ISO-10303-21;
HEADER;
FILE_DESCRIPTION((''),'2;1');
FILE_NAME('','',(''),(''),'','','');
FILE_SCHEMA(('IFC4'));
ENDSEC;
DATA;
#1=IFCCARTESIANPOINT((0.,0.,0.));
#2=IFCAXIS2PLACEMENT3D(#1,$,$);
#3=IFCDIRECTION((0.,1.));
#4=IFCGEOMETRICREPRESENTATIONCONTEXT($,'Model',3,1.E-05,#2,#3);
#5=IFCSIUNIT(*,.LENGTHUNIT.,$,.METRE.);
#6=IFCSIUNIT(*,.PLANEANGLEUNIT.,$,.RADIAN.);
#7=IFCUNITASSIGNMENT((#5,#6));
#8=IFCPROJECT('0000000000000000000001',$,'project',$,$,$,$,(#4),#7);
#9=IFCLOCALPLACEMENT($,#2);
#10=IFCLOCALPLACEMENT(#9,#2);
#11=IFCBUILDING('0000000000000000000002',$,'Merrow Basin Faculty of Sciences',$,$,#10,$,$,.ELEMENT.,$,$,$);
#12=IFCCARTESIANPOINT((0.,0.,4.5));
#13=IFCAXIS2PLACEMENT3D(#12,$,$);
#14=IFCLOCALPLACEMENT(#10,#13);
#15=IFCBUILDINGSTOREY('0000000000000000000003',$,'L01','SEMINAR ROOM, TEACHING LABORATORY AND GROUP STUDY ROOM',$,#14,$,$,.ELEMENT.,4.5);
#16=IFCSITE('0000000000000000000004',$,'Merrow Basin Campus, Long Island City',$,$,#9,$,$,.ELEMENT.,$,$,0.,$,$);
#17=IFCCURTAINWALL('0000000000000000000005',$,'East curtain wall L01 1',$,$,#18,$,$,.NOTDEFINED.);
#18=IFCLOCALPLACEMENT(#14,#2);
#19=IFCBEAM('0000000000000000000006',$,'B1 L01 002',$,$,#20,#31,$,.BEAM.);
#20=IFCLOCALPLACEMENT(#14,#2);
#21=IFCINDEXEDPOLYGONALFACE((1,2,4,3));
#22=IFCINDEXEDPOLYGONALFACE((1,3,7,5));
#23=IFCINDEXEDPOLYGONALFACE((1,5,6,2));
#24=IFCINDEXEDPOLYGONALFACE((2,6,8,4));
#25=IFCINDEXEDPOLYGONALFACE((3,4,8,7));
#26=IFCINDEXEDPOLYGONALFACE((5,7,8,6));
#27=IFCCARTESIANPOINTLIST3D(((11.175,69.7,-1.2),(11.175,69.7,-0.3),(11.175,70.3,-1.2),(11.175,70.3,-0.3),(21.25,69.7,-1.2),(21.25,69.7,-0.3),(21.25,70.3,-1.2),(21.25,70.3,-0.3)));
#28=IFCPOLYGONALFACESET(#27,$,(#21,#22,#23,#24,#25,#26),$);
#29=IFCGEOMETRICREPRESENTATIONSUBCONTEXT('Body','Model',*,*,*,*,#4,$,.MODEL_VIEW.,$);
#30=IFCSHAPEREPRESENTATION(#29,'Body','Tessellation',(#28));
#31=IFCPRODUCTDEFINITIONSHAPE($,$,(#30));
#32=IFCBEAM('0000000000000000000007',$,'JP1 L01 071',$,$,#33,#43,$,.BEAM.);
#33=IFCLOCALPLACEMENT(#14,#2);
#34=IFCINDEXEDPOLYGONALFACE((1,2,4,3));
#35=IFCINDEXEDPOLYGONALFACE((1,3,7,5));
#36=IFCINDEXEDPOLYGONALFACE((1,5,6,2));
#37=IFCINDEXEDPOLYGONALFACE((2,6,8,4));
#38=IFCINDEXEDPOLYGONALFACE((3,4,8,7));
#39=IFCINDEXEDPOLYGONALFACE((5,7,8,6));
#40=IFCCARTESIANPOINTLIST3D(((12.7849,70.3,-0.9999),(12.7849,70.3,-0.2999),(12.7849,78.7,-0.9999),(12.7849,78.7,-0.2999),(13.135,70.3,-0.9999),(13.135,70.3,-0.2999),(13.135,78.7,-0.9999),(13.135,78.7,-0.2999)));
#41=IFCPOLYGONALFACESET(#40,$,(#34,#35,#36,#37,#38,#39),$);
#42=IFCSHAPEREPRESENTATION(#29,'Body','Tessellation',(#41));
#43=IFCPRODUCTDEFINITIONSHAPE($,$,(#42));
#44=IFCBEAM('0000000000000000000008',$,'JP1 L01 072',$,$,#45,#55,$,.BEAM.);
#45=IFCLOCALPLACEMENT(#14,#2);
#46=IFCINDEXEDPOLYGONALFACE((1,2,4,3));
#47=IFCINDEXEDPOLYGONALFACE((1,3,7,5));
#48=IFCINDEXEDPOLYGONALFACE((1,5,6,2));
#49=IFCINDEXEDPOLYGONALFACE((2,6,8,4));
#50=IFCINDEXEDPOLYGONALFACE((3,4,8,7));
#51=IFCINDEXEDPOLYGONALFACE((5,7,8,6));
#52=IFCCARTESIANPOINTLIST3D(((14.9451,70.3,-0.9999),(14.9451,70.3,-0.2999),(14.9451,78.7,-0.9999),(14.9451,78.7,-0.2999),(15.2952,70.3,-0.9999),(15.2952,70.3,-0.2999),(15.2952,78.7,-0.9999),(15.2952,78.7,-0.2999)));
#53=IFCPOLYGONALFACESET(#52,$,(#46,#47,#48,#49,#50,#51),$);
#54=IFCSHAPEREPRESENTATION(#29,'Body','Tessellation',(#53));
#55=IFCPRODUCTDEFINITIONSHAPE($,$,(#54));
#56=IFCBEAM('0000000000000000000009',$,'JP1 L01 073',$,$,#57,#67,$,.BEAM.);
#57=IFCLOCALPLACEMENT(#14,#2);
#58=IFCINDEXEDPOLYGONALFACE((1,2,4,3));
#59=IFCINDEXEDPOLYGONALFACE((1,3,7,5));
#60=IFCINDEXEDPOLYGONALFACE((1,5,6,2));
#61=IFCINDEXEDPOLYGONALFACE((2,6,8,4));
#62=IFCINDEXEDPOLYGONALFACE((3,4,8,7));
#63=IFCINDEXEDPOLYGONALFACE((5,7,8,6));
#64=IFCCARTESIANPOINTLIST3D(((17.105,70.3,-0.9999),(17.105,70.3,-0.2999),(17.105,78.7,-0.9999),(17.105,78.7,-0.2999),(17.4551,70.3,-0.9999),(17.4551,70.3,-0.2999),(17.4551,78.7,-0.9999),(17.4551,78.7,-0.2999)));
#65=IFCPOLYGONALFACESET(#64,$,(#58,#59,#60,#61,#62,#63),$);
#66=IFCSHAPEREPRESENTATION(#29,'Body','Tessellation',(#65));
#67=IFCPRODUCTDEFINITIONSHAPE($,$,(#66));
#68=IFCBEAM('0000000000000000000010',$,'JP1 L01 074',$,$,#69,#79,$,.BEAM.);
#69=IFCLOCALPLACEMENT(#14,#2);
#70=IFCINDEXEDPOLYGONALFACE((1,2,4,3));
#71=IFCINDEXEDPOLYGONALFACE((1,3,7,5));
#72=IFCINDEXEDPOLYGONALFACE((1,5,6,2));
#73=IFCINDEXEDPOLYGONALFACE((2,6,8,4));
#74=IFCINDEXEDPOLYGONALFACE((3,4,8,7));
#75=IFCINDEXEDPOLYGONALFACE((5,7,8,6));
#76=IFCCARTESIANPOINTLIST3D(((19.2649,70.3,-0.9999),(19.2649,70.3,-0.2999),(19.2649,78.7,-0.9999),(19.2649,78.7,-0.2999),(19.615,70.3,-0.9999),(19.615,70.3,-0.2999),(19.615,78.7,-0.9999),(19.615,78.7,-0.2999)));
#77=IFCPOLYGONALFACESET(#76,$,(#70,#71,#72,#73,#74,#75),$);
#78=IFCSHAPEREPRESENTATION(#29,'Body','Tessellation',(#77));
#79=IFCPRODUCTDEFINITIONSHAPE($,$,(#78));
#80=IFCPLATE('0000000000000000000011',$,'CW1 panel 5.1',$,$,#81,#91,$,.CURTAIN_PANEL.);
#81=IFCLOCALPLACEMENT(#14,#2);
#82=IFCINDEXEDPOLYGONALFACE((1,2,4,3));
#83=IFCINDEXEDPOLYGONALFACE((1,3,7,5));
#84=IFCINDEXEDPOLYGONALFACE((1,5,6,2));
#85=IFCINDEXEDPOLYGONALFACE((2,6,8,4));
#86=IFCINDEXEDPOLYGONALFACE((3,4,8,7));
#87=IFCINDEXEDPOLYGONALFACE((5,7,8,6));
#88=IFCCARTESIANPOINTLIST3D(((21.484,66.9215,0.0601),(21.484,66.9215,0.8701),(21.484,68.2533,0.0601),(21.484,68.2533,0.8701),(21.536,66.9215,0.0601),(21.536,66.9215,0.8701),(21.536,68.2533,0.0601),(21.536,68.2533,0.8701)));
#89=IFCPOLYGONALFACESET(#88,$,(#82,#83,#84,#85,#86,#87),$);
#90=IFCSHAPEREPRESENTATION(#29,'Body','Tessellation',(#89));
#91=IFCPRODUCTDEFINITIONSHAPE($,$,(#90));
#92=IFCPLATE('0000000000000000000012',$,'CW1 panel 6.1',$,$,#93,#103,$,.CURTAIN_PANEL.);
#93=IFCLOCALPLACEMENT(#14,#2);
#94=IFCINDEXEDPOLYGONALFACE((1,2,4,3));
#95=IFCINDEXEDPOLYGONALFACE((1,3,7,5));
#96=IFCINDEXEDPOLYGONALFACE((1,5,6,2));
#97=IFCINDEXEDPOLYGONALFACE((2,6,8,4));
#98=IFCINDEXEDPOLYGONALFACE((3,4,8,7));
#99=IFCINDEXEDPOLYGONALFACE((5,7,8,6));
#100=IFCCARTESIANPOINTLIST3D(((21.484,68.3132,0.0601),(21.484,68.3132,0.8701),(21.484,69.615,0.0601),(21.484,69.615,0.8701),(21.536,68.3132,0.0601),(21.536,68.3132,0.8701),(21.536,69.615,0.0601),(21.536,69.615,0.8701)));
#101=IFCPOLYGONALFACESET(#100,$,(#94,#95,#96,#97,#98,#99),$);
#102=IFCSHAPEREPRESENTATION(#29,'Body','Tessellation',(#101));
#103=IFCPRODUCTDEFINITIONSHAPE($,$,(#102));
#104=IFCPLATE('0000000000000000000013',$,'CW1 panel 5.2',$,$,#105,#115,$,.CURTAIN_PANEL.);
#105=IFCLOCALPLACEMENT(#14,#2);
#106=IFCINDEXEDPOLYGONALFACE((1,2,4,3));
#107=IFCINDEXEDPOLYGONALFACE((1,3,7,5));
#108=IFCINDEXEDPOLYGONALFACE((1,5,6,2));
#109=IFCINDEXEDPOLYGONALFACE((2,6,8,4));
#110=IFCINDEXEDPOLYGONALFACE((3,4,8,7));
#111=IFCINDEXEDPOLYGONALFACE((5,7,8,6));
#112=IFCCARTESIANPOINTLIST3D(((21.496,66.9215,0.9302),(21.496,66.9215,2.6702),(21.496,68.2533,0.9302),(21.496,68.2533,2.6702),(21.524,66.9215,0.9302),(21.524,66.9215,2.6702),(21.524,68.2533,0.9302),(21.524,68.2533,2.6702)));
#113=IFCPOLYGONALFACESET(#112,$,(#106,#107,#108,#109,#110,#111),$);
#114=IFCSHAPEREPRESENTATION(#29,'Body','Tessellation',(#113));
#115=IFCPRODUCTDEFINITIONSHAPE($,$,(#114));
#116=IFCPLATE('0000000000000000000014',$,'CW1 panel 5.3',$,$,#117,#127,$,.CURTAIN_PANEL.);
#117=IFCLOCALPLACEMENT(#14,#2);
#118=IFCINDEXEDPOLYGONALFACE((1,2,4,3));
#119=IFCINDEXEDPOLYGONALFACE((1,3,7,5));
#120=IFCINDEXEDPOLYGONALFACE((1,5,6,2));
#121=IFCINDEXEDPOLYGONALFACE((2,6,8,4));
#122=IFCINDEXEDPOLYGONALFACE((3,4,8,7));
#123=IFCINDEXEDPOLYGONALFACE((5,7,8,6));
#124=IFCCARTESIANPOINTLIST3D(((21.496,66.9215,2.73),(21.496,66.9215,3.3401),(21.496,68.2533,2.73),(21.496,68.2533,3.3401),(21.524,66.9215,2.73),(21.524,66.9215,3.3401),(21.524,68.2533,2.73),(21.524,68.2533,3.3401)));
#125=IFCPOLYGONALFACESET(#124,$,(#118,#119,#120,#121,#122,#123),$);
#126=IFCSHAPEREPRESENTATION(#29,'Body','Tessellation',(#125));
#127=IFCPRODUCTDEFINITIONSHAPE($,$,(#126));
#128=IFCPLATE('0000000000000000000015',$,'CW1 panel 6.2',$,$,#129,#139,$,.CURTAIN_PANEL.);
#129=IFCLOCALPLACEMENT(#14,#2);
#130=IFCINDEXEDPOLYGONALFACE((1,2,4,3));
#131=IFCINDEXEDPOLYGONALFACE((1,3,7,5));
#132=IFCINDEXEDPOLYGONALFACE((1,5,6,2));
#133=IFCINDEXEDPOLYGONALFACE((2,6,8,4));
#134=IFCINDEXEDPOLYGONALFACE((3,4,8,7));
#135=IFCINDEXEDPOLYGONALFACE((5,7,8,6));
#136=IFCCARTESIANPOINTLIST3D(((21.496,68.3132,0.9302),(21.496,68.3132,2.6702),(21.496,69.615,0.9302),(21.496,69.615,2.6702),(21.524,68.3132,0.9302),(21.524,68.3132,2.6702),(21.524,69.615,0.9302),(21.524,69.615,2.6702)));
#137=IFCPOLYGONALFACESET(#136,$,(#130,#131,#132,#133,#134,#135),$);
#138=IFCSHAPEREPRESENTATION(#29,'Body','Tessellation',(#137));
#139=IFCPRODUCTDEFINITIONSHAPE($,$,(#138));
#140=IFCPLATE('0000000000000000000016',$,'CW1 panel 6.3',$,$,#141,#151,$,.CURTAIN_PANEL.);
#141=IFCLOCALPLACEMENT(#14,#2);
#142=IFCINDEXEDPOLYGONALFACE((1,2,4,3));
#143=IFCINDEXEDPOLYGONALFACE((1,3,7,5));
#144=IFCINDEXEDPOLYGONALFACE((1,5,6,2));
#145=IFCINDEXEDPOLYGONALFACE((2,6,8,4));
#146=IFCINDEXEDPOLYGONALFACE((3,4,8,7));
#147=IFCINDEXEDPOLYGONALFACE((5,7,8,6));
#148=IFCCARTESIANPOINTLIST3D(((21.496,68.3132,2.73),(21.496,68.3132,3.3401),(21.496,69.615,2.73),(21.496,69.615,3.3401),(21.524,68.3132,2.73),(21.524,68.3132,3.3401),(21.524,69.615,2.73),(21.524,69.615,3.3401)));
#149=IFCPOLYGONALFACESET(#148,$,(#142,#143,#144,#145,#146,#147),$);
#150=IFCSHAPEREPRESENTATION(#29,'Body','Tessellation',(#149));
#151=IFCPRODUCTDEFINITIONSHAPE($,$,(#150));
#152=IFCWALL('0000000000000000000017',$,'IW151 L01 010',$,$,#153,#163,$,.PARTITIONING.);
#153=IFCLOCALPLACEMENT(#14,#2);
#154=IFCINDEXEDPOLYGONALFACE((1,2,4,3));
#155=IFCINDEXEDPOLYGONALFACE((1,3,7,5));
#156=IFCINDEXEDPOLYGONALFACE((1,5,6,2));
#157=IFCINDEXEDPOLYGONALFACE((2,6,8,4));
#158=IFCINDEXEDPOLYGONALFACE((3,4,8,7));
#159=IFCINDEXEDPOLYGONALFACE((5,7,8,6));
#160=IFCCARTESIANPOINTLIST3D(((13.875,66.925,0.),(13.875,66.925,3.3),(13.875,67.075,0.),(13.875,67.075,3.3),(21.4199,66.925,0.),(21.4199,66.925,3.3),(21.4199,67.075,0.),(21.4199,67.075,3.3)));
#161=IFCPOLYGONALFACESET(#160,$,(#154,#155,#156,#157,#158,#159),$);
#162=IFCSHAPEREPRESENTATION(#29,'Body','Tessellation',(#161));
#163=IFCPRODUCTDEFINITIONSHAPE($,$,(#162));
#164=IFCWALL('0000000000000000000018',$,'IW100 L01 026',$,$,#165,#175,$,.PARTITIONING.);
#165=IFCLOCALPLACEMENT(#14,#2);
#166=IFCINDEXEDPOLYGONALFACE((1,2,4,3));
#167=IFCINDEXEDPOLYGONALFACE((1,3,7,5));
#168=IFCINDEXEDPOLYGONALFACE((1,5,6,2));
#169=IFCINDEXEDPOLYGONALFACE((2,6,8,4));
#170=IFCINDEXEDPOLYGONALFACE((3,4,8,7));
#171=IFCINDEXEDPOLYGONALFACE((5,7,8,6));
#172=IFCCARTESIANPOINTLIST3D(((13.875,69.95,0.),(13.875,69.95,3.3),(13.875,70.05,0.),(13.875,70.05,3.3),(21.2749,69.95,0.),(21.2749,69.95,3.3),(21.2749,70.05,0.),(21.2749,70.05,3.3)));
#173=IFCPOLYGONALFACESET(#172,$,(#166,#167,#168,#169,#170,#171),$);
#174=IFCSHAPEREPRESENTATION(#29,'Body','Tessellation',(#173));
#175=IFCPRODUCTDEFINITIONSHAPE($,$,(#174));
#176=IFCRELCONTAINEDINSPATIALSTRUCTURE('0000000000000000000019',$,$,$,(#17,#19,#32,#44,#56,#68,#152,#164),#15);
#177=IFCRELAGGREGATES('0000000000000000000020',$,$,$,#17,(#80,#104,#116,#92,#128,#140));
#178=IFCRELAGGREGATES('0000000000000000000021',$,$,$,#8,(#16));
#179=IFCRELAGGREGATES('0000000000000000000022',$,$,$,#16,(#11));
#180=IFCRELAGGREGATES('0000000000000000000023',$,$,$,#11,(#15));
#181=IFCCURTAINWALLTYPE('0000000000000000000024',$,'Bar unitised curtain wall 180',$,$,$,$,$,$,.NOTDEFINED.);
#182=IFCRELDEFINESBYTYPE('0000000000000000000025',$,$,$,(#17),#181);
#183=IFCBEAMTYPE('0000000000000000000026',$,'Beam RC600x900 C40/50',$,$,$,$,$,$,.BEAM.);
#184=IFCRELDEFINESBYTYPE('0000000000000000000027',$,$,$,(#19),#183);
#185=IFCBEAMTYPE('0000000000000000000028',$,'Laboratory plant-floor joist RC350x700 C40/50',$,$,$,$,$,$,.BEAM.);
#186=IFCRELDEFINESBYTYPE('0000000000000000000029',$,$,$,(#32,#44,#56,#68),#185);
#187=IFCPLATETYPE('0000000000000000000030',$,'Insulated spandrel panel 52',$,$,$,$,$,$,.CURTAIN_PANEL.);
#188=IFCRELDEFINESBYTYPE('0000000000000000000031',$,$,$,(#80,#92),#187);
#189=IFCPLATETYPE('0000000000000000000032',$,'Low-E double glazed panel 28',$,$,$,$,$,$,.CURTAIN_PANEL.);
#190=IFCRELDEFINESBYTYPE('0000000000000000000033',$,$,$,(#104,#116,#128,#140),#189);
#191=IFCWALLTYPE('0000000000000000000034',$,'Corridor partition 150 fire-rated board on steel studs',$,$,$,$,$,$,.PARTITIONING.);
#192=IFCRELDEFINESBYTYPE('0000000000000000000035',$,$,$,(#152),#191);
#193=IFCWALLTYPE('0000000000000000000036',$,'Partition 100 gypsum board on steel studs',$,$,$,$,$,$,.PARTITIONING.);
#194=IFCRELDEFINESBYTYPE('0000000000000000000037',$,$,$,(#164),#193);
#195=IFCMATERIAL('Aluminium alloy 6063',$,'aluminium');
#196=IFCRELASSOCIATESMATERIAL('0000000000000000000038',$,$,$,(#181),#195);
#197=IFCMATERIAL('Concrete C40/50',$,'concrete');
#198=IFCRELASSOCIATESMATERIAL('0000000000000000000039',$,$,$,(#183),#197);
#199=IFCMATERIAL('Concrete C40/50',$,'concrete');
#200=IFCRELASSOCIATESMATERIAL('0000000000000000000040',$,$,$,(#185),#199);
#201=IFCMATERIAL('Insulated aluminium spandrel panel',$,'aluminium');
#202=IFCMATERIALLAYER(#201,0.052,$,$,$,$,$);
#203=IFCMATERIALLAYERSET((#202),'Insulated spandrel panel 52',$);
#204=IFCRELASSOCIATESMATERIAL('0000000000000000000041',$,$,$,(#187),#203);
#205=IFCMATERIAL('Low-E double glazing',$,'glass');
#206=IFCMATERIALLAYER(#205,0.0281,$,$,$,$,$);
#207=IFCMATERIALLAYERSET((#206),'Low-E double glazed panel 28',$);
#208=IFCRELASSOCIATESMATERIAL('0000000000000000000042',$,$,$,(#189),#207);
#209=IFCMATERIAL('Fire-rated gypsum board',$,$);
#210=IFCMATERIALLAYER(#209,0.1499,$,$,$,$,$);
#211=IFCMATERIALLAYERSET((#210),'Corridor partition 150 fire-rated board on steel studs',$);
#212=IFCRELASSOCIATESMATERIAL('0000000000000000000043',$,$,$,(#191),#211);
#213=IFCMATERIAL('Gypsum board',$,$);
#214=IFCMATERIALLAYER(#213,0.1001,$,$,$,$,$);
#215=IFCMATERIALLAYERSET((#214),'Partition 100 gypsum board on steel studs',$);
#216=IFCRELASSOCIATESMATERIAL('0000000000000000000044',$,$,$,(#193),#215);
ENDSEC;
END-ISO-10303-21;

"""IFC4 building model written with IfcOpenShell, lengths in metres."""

from ifc_helpers import new_model, si_unit, direction, frame, frame_2d, origin, origin_2d, place, context, subcontext, project, spatial, rectangle, extrude, material, layer, layer_set, material_profile, profile_set, type_object, element, aggregate, save


model = new_model("IFC4")

# Units and contexts
model_context = context("Model", 3, precision=1e-05, world=origin(), true_north=direction((0.0, 1.0)))
body_context = subcontext(model_context, "Body", "Model", "MODEL_VIEW")
ifc_project = project(units=[si_unit("LENGTHUNIT", "METRE"), si_unit("PLANEANGLEUNIT", "RADIAN")], contexts=[model_context])

# Site, building, storey
site_placement = place(None, origin())
site = spatial("IfcSite", under=ifc_project, at=site_placement, Name="Merrow Basin Campus, Long Island City", CompositionType="ELEMENT", RefElevation=0.0)
building_placement = place(site_placement, origin())
building = spatial("IfcBuilding", under=site, at=building_placement, Name="Merrow Basin Faculty of Sciences", CompositionType="ELEMENT")
storey_placement = place(building_placement, frame((0.0, 0.0, 4.5)))
storey = spatial("IfcBuildingStorey", under=building, at=storey_placement, Name="L01", Description="SEMINAR ROOM, TEACHING LABORATORY AND GROUP STUDY ROOM", CompositionType="ELEMENT", Elevation=4.5)

# Curtain wall
ifc_material_1 = material(Name="Aluminium alloy 6063", Category="aluminium")
curtain_wall_type = type_object("IfcCurtainWallType", Name="Bar unitised curtain wall 180", PredefinedType="NOTDEFINED", material=ifc_material_1)
curtain_wall_1_placement = place(storey_placement, origin())
curtain_wall_1 = element("IfcCurtainWall", 1, at=curtain_wall_1_placement, inside=storey, type_object=curtain_wall_type, Name="East curtain wall L01 1", PredefinedType="NOTDEFINED")

# Beams
ifc_material_2 = material(Name="Concrete C40/50", Category="concrete")
ifc_material_profile_1 = material_profile(ifc_material_2, rectangle(XDim=0.6001, YDim=0.8999, at=origin_2d()))
ifc_profile_set_1 = profile_set([ifc_material_profile_1], Name="Concrete C40/50")
beam_type_1 = type_object("IfcBeamType", Name="Beam RC600x900 C40/50", PredefinedType="BEAM", material=ifc_profile_set_1)
beam_placement = place(storey_placement, frame((11.175, 70.0, -0.75), z_axis=(1.0, 0.0, 0.0), x_axis=(0.0, 1.0, 0.0)))
element("IfcBeam", 2, at=beam_placement, inside=storey, type_object=beam_type_1, Name="B1 L01 002", PredefinedType="BEAM", context=body_context, shape_type="SweptSolid", body=[
    extrude(rectangle(XDim=0.6001, YDim=0.8999, at=origin_2d()), origin(), (0.0, 0.0, 1.0), 10.075),
])
ifc_material_3 = material(Name="Concrete C40/50", Category="concrete")
ifc_material_profile_2 = material_profile(ifc_material_3, rectangle(XDim=0.3501, YDim=0.7, at=origin_2d()))
ifc_profile_set_2 = profile_set([ifc_material_profile_2], Name="Concrete C40/50")
beam_type_2 = type_object("IfcBeamType", Name="Laboratory plant-floor joist RC350x700 C40/50", PredefinedType="BEAM", material=ifc_profile_set_2)
for number, where, z_axis, x_axis, name in (
    (3, (12.96, 70.3, -0.6499), (0.0, 1.0, 0.0), (-1.0, 0.0, 0.0), "JP1 L01 071"),
    (4, (15.1201, 70.3, -0.6499), (0.0, 1.0, 0.0), (-1.0, 0.0, 0.0), "JP1 L01 072"),
    (5, (17.28, 70.3, -0.6499), (0.0, 1.0, 0.0), (-1.0, 0.0, 0.0), "JP1 L01 073"),
    (6, (19.4399, 70.3, -0.6499), (0.0, 1.0, 0.0), (-1.0, 0.0, 0.0), "JP1 L01 074"),
):
    element("IfcBeam", number, at=place(storey_placement, frame(where, z_axis=z_axis, x_axis=x_axis)), inside=storey, type_object=beam_type_2, Name=name, PredefinedType="BEAM", context=body_context, shape_type="SweptSolid", body=[
        extrude(rectangle(XDim=0.3501, YDim=0.7, at=origin_2d()), origin(), (0.0, 0.0, 1.0), 8.3999),
    ])

# Plates
ifc_material_4 = material(Name="Insulated aluminium spandrel panel", Category="aluminium")
ifc_layer_1 = layer(ifc_material_4, 0.052)
ifc_layer_set_1 = layer_set([ifc_layer_1], Name="Insulated spandrel panel 52")
plate_type_1 = type_object("IfcPlateType", Name="Insulated spandrel panel 52", PredefinedType="CURTAIN_PANEL", material=ifc_layer_set_1)
plate_1_placement = place(storey_placement, frame((21.51, 67.5874, 0.0601), z_axis=(0.0, 0.0, 1.0), x_axis=(0.0, 1.0, 0.0)))
plate_1 = element("IfcPlate", 7, at=plate_1_placement, type_object=plate_type_1, Name="CW1 panel 5.1", PredefinedType="CURTAIN_PANEL", context=body_context, shape_type="SweptSolid", body=[
    extrude(rectangle(XDim=1.3318, YDim=0.052, at=origin_2d()), origin(), (0.0, 0.0, 1.0), 0.8101),
])
plate_2_placement = place(storey_placement, frame((21.51, 68.9641, 0.0601), z_axis=(0.0, 0.0, 1.0), x_axis=(0.0, 1.0, 0.0)))
plate_2 = element("IfcPlate", 8, at=plate_2_placement, type_object=plate_type_1, Name="CW1 panel 6.1", PredefinedType="CURTAIN_PANEL", context=body_context, shape_type="SweptSolid", body=[
    extrude(rectangle(XDim=1.3018, YDim=0.052, at=origin_2d()), origin(), (0.0, 0.0, 1.0), 0.8101),
])
ifc_material_5 = material(Name="Low-E double glazing", Category="glass")
ifc_layer_2 = layer(ifc_material_5, 0.0281)
ifc_layer_set_2 = layer_set([ifc_layer_2], Name="Low-E double glazed panel 28")
plate_type_2 = type_object("IfcPlateType", Name="Low-E double glazed panel 28", PredefinedType="CURTAIN_PANEL", material=ifc_layer_set_2)
plate_3_placement = place(storey_placement, frame((21.51, 67.5874, 0.9302), z_axis=(0.0, 0.0, 1.0), x_axis=(0.0, 1.0, 0.0)))
plate_3 = element("IfcPlate", 9, at=plate_3_placement, type_object=plate_type_2, Name="CW1 panel 5.2", PredefinedType="CURTAIN_PANEL", context=body_context, shape_type="SweptSolid", body=[
    extrude(rectangle(XDim=1.3318, YDim=0.0281, at=origin_2d()), origin(), (0.0, 0.0, 1.0), 1.74),
])
plate_4_placement = place(storey_placement, frame((21.51, 67.5874, 2.73), z_axis=(0.0, 0.0, 1.0), x_axis=(0.0, 1.0, 0.0)))
plate_4 = element("IfcPlate", 10, at=plate_4_placement, type_object=plate_type_2, Name="CW1 panel 5.3", PredefinedType="CURTAIN_PANEL", context=body_context, shape_type="SweptSolid", body=[
    extrude(rectangle(XDim=1.3318, YDim=0.0281, at=origin_2d()), origin(), (0.0, 0.0, 1.0), 0.6101),
])
plate_5_placement = place(storey_placement, frame((21.51, 68.9641, 0.9302), z_axis=(0.0, 0.0, 1.0), x_axis=(0.0, 1.0, 0.0)))
plate_5 = element("IfcPlate", 11, at=plate_5_placement, type_object=plate_type_2, Name="CW1 panel 6.2", PredefinedType="CURTAIN_PANEL", context=body_context, shape_type="SweptSolid", body=[
    extrude(rectangle(XDim=1.3018, YDim=0.0281, at=origin_2d()), origin(), (0.0, 0.0, 1.0), 1.74),
])
plate_6_placement = place(storey_placement, frame((21.51, 68.9641, 2.73), z_axis=(0.0, 0.0, 1.0), x_axis=(0.0, 1.0, 0.0)))
plate_6 = element("IfcPlate", 12, at=plate_6_placement, type_object=plate_type_2, Name="CW1 panel 6.3", PredefinedType="CURTAIN_PANEL", context=body_context, shape_type="SweptSolid", body=[
    extrude(rectangle(XDim=1.3018, YDim=0.0281, at=origin_2d()), origin(), (0.0, 0.0, 1.0), 0.6101),
])
aggregate(curtain_wall_1, [plate_1, plate_3, plate_4, plate_2, plate_5, plate_6])

# Walls
ifc_material_6 = material(Name="Fire-rated gypsum board")
ifc_layer_3 = layer(ifc_material_6, 0.1499)
ifc_layer_set_3 = layer_set([ifc_layer_3], Name="Corridor partition 150 fire-rated board on steel studs")
wall_type_1 = type_object("IfcWallType", Name="Corridor partition 150 fire-rated board on steel studs", PredefinedType="PARTITIONING", material=ifc_layer_set_3)
wall_1_placement = place(storey_placement, frame((13.875, 67.0, 0.0), z_axis=(0.0, 0.0, 1.0), x_axis=(1.0, 0.0, 0.0)))
element("IfcWall", 13, at=wall_1_placement, inside=storey, type_object=wall_type_1, Name="IW151 L01 010", PredefinedType="PARTITIONING", context=body_context, shape_type="SweptSolid", body=[
    extrude(rectangle(XDim=7.5449, YDim=0.1499, at=frame_2d((3.7725, 0.0))), origin(), (0.0, 0.0, 1.0), 3.3),
])
ifc_material_7 = material(Name="Gypsum board")
ifc_layer_4 = layer(ifc_material_7, 0.1001)
ifc_layer_set_4 = layer_set([ifc_layer_4], Name="Partition 100 gypsum board on steel studs")
wall_type_2 = type_object("IfcWallType", Name="Partition 100 gypsum board on steel studs", PredefinedType="PARTITIONING", material=ifc_layer_set_4)
wall_2_placement = place(storey_placement, frame((13.875, 70.0, 0.0), z_axis=(0.0, 0.0, 1.0), x_axis=(1.0, 0.0, 0.0)))
element("IfcWall", 14, at=wall_2_placement, inside=storey, type_object=wall_type_2, Name="IW100 L01 026", PredefinedType="PARTITIONING", context=body_context, shape_type="SweptSolid", body=[
    extrude(rectangle(XDim=7.3999, YDim=0.1001, at=frame_2d((3.7, 0.0))), origin(), (0.0, 0.0, 1.0), 3.3),
])

save(model, "model.ifc")
